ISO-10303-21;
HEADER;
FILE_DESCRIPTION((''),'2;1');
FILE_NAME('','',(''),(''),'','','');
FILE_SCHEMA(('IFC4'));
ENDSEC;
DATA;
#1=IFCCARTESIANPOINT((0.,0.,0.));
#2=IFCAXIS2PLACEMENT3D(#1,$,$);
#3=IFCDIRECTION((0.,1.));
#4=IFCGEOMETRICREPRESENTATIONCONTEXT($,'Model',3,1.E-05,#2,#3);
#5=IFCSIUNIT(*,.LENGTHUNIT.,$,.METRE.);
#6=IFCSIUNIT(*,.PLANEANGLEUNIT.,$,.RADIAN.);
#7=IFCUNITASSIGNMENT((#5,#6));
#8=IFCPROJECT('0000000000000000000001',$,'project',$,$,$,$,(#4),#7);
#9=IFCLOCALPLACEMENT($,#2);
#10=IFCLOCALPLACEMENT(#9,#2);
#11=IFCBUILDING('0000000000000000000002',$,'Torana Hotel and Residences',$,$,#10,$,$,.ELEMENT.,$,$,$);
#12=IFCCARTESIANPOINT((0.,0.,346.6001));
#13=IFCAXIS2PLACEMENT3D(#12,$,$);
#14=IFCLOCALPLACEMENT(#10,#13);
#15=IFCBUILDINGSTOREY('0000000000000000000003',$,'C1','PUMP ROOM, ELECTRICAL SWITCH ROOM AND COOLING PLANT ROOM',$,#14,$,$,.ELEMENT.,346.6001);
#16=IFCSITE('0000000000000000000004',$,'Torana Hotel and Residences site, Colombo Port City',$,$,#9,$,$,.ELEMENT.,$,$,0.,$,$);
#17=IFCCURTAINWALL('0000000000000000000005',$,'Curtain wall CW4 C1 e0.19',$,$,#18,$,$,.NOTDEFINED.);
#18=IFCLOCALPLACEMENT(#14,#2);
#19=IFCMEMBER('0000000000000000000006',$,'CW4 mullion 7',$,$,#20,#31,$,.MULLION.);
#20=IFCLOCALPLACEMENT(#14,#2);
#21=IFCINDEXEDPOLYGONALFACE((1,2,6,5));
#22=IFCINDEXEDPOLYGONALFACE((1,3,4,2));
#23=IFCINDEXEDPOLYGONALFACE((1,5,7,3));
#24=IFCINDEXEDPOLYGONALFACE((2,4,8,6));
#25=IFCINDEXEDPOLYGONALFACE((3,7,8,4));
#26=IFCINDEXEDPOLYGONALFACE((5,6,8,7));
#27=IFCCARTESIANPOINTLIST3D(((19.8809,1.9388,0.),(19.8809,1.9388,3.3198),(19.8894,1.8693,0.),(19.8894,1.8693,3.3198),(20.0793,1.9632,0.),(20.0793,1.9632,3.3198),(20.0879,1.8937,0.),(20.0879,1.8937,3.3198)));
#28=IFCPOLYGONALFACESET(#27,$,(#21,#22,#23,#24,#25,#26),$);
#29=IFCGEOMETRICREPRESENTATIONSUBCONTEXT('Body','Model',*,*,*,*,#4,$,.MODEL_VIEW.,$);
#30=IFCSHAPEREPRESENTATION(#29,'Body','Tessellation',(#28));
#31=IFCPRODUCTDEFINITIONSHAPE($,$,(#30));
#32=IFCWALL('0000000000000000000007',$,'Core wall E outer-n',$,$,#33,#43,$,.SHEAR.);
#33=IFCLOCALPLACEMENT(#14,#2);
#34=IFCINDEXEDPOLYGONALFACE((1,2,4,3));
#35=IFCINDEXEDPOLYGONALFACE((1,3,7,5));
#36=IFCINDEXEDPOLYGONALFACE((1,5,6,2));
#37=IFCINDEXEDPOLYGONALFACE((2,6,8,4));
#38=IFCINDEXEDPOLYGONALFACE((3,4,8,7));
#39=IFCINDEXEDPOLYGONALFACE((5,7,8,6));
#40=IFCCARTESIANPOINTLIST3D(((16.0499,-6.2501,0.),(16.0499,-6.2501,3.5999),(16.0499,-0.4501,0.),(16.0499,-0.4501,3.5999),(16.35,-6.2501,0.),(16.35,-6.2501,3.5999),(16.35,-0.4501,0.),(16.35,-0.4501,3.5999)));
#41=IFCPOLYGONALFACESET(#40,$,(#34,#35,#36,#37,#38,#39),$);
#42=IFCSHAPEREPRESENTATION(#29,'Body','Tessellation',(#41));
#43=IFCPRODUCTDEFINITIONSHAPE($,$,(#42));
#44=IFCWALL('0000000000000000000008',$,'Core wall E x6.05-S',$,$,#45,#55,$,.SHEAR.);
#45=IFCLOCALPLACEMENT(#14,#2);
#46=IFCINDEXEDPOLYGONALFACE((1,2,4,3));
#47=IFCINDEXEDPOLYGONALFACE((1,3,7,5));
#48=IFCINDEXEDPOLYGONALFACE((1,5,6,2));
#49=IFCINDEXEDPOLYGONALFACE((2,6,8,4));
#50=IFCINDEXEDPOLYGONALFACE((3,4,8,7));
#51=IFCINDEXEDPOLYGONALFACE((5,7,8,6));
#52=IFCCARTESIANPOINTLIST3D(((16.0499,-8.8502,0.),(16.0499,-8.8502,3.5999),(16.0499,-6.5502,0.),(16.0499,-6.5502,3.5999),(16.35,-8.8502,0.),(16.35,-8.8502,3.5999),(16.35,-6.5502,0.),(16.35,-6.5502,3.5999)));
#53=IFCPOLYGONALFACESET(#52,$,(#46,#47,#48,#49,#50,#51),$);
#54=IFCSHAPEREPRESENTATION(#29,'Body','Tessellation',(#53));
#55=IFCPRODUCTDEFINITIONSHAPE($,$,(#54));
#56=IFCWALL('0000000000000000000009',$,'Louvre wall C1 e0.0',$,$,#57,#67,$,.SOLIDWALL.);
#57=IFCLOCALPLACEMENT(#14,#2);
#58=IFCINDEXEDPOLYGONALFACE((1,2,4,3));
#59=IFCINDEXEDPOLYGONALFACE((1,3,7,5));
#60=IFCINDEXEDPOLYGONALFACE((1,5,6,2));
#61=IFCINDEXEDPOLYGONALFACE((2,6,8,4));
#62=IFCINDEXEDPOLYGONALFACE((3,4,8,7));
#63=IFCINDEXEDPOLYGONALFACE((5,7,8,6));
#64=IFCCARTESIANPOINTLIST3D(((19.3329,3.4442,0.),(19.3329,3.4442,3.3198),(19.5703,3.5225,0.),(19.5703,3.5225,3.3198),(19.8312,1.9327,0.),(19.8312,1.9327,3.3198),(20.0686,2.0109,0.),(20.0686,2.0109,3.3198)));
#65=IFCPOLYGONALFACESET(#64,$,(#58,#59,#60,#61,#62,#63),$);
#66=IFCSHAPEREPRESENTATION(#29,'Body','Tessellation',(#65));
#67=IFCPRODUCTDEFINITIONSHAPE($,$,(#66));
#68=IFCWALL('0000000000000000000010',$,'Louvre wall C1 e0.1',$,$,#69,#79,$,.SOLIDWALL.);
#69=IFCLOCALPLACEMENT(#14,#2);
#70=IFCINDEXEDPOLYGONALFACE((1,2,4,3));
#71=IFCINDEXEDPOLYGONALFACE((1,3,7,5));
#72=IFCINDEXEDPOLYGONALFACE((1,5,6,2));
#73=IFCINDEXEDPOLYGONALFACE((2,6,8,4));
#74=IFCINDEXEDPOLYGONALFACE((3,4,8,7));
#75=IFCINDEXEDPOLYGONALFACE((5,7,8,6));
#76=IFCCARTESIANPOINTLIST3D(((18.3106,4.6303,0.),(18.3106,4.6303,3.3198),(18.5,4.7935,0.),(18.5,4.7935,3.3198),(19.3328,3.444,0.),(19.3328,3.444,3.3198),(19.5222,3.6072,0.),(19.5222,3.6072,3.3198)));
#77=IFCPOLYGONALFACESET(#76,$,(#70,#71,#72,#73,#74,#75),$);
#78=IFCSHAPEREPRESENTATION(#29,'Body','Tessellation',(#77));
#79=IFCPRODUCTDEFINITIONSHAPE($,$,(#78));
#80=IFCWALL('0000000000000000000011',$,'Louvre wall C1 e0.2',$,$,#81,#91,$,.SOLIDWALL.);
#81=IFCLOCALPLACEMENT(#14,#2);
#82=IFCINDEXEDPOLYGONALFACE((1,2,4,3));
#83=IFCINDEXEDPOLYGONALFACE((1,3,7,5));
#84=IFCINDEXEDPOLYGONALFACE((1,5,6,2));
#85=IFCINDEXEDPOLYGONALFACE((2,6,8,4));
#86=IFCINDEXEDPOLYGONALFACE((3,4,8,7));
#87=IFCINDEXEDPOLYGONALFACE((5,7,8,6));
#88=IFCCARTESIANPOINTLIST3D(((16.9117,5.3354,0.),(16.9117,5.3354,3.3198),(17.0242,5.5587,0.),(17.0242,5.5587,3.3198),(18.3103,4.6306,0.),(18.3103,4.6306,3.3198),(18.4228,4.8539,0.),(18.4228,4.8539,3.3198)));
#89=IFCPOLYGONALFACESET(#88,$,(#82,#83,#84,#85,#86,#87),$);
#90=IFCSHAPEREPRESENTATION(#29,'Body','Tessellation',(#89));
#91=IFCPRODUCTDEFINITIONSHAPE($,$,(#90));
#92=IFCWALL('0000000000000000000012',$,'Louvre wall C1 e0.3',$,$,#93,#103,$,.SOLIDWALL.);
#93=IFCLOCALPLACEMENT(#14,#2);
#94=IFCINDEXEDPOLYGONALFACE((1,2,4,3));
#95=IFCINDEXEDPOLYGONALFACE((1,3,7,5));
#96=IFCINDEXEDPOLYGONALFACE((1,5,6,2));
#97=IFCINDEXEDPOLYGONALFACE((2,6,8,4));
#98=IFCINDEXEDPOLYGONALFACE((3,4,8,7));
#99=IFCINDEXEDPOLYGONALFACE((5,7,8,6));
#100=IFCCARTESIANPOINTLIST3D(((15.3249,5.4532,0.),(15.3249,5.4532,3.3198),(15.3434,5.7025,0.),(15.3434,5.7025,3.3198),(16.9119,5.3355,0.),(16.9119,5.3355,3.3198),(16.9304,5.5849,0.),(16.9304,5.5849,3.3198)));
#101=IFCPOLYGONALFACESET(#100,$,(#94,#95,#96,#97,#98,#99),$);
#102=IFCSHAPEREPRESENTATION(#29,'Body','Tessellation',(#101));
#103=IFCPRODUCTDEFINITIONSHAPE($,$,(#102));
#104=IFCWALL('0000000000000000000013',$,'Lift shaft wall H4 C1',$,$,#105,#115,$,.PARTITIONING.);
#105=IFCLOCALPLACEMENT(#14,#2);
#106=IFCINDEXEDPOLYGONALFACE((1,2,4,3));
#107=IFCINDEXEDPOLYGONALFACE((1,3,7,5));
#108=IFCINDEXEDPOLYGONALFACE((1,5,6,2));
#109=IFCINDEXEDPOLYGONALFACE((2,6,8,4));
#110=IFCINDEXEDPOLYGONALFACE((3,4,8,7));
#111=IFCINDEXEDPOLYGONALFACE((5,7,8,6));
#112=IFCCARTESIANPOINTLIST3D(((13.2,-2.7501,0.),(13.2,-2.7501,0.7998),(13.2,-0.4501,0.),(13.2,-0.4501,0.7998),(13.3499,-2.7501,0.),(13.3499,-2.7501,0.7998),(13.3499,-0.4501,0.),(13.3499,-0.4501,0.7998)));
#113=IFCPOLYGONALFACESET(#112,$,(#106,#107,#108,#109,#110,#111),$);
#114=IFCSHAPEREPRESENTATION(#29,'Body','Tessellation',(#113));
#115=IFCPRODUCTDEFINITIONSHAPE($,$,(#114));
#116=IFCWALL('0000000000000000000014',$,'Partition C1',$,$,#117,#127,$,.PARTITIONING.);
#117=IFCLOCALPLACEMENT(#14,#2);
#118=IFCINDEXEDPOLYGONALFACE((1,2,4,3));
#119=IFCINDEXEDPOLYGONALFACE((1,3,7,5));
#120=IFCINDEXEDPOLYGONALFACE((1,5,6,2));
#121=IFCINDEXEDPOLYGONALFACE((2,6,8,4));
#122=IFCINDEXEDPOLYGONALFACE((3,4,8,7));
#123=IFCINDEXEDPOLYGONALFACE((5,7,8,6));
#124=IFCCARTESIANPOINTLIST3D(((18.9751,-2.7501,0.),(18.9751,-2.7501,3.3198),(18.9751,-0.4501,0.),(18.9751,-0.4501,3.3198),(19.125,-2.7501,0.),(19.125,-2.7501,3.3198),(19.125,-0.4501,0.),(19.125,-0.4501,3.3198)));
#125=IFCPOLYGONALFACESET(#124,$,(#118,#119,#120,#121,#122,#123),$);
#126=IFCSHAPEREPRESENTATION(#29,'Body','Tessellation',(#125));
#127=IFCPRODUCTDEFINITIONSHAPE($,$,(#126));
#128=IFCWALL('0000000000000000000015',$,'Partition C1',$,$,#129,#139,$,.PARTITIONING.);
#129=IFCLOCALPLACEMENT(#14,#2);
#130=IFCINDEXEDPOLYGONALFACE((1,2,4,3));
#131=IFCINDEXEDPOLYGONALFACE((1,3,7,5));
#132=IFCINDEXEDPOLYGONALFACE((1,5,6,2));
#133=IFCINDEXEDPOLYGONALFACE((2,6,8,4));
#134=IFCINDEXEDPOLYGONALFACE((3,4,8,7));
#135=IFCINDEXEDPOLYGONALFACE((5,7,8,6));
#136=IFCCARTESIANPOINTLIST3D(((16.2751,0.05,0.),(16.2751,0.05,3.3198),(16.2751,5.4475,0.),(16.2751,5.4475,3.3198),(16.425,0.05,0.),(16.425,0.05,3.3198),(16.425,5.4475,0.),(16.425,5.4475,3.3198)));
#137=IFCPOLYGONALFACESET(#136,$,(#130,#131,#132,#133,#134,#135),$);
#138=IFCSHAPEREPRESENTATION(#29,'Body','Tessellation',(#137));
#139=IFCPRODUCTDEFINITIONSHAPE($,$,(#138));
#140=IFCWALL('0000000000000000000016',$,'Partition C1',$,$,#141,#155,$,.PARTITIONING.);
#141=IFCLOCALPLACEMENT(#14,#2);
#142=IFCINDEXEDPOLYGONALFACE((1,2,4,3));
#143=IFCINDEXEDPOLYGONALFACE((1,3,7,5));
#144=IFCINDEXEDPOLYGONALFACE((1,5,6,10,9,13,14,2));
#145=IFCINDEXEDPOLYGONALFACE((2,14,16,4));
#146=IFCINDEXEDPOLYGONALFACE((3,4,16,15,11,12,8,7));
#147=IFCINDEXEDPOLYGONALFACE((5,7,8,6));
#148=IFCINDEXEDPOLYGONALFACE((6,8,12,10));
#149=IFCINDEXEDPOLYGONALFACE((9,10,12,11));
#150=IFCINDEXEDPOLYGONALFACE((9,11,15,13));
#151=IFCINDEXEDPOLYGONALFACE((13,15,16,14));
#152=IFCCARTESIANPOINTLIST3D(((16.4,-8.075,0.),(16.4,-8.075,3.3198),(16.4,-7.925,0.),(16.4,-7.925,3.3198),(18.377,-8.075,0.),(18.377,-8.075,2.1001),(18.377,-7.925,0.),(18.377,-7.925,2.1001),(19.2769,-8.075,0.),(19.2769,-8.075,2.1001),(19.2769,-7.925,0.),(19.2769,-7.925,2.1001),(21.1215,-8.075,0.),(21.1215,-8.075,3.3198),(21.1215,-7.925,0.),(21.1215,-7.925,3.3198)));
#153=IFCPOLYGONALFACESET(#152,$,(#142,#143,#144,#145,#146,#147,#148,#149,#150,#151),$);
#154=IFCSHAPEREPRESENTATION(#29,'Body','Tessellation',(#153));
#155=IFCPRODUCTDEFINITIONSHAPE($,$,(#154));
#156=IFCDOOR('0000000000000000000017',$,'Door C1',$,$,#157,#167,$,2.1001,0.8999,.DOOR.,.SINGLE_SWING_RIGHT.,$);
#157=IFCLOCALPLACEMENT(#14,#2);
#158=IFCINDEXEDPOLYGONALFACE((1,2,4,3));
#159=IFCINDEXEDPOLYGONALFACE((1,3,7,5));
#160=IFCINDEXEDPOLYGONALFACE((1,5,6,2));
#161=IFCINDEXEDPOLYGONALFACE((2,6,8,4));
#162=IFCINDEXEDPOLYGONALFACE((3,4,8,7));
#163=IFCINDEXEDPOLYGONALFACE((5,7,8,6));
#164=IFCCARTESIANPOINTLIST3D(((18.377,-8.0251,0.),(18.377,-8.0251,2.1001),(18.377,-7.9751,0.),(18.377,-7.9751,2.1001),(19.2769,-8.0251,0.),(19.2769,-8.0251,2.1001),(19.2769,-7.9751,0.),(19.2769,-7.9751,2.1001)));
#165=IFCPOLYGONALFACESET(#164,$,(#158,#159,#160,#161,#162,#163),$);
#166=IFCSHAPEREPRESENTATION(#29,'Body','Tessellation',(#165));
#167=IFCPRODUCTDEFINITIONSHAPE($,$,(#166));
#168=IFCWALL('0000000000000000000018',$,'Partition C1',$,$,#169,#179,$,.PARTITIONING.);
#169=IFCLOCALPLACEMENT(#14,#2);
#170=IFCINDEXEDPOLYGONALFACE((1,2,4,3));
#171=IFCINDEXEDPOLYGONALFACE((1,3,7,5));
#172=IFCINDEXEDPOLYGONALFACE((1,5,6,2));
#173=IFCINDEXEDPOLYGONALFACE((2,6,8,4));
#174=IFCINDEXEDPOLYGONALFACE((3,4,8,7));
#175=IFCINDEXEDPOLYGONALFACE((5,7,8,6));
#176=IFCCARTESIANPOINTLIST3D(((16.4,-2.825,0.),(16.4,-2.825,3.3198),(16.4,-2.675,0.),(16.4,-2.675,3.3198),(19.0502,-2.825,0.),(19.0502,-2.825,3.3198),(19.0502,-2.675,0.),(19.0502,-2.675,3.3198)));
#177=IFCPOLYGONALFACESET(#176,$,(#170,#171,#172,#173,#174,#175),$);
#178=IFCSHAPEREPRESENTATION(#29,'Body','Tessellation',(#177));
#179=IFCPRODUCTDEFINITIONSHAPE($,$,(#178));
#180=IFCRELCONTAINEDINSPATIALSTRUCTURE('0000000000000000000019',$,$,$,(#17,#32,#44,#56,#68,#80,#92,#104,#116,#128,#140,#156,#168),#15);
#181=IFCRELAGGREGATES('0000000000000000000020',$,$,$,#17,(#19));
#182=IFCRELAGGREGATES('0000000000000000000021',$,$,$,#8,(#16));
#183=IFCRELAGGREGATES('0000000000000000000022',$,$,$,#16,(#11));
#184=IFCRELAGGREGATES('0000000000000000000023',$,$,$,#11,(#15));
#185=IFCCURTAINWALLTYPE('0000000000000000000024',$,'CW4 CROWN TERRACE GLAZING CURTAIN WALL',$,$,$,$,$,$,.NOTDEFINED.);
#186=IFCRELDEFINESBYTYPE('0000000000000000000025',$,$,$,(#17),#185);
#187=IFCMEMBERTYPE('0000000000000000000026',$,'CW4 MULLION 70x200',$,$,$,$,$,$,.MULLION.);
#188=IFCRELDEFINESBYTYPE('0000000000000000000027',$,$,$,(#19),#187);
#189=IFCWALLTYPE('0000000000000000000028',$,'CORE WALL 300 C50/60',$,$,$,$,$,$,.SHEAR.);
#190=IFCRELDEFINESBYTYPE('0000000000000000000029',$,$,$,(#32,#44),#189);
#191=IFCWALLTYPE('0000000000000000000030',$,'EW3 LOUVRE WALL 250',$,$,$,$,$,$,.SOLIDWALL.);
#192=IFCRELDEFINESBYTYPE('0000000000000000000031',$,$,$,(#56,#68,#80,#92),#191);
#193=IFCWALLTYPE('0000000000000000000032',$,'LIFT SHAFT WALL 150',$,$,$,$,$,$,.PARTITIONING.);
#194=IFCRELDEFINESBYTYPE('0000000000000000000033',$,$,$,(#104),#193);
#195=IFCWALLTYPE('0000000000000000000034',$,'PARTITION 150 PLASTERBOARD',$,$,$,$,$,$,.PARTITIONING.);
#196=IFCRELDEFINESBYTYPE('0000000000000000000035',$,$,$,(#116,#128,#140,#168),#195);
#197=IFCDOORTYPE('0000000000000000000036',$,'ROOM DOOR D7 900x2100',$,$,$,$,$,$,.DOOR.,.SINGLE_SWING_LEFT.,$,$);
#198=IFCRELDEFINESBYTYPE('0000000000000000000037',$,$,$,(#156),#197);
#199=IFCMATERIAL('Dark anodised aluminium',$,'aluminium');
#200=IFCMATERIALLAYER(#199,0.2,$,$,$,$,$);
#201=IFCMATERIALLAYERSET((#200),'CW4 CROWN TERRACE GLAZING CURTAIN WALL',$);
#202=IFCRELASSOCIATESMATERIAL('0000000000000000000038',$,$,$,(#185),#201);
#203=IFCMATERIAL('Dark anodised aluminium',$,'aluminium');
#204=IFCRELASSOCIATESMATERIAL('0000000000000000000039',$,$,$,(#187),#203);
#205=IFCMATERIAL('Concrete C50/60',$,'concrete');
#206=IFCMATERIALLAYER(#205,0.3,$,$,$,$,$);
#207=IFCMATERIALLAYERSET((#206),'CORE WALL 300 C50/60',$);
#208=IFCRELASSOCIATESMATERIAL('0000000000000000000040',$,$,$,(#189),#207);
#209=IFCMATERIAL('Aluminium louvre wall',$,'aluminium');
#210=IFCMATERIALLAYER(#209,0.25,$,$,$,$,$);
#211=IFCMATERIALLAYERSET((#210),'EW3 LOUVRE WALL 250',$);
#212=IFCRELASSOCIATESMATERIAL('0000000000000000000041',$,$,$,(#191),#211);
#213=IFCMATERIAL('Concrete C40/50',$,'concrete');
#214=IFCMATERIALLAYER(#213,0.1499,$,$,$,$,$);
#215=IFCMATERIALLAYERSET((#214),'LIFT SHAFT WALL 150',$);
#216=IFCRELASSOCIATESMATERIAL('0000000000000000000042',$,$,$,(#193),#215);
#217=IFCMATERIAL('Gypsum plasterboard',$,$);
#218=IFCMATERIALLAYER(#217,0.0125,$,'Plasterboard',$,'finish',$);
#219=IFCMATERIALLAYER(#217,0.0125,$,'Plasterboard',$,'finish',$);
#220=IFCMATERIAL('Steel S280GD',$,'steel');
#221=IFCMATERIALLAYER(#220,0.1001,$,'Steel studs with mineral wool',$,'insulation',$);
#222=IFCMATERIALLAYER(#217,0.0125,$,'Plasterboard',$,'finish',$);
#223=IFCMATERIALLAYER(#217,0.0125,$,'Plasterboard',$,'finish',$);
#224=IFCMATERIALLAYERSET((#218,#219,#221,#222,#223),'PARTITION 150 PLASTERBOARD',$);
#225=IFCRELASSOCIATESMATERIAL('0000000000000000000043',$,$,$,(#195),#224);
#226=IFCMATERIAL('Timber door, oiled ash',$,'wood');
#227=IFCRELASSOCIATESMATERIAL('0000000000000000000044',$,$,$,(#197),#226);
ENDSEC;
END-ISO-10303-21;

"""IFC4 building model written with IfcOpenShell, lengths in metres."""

from ifc_helpers import new_model, si_unit, direction, frame, frame_2d, origin, origin_2d, place, context, subcontext, project, spatial, rectangle, extrude, material, layer, layer_set, material_profile, profile_set, type_object, element, fill, aggregate, save


model = new_model("IFC4")

# Units and contexts
model_context = context("Model", 3, precision=1e-05, world=origin(), true_north=direction((0.0, 1.0)))
body_context = subcontext(model_context, "Body", "Model", "MODEL_VIEW")
ifc_project = project(units=[si_unit("LENGTHUNIT", "METRE"), si_unit("PLANEANGLEUNIT", "RADIAN")], contexts=[model_context])

# Site, building, storey
site_placement = place(None, origin())
site = spatial("IfcSite", under=ifc_project, at=site_placement, Name="Torana Hotel and Residences site, Colombo Port City", CompositionType="ELEMENT", RefElevation=0.0)
building_placement = place(site_placement, origin())
building = spatial("IfcBuilding", under=site, at=building_placement, Name="Torana Hotel and Residences", CompositionType="ELEMENT")
storey_placement = place(building_placement, frame((0.0, 0.0, 346.6001)))
storey = spatial("IfcBuildingStorey", under=building, at=storey_placement, Name="C1", Description="PUMP ROOM, ELECTRICAL SWITCH ROOM AND COOLING PLANT ROOM", CompositionType="ELEMENT", Elevation=346.6001)

# Curtain wall, member
ifc_material_1 = material(Name="Dark anodised aluminium", Category="aluminium")
ifc_layer_1 = layer(ifc_material_1, 0.2)
ifc_layer_set_1 = layer_set([ifc_layer_1], Name="CW4 CROWN TERRACE GLAZING CURTAIN WALL")
curtain_wall_type = type_object("IfcCurtainWallType", Name="CW4 CROWN TERRACE GLAZING CURTAIN WALL", PredefinedType="NOTDEFINED", material=ifc_layer_set_1)
curtain_wall_placement = place(storey_placement, origin())
curtain_wall = element("IfcCurtainWall", 1, at=curtain_wall_placement, inside=storey, type_object=curtain_wall_type, Name="Curtain wall CW4 C1 e0.19", PredefinedType="NOTDEFINED")
ifc_material_2 = material(Name="Dark anodised aluminium", Category="aluminium")
ifc_material_profile = material_profile(ifc_material_2, rectangle(XDim=0.2, YDim=0.0701, at=origin_2d()), Name="CW4 MULLION 70x200")
ifc_profile_set = profile_set([ifc_material_profile], Name="Dark anodised aluminium")
member_type = type_object("IfcMemberType", Name="CW4 MULLION 70x200", PredefinedType="MULLION", material=ifc_profile_set)
member_placement = place(storey_placement, frame((19.9844, 1.9163, 0.0), z_axis=(0.0, 0.0, 1.0), x_axis=(-0.992546, -0.121868, 0.0)))
member = element("IfcMember", 2, at=member_placement, type_object=member_type, Name="CW4 mullion 7", PredefinedType="MULLION", context=body_context, shape_type="SweptSolid", body=[
    extrude(rectangle(XDim=0.2, YDim=0.0701, at=origin_2d()), origin(), (0.0, 0.0, 1.0), 3.3198),
])
aggregate(curtain_wall, [member])

# Walls
ifc_material_3 = material(Name="Concrete C50/60", Category="concrete")
ifc_layer_2 = layer(ifc_material_3, 0.3)
ifc_layer_set_2 = layer_set([ifc_layer_2], Name="CORE WALL 300 C50/60")
wall_type_1 = type_object("IfcWallType", Name="CORE WALL 300 C50/60", PredefinedType="SHEAR", material=ifc_layer_set_2)
wall_1_placement = place(storey_placement, frame((16.2, -6.25, 0.0), z_axis=(0.0, 0.0, 1.0), x_axis=(0.0, 1.0, 0.0)))
element("IfcWall", 3, at=wall_1_placement, inside=storey, type_object=wall_type_1, Name="Core wall E outer-n", PredefinedType="SHEAR", context=body_context, shape_type="SweptSolid", body=[
    extrude(rectangle(XDim=5.8, YDim=0.3, at=frame_2d((2.8999, 0.0))), origin(), (0.0, 0.0, 1.0), 3.5999),
])
wall_2_placement = place(storey_placement, frame((16.2, -8.8501, 0.0), z_axis=(0.0, 0.0, 1.0), x_axis=(0.0, 1.0, 0.0)))
element("IfcWall", 4, at=wall_2_placement, inside=storey, type_object=wall_type_1, Name="Core wall E x6.05-S", PredefinedType="SHEAR", context=body_context, shape_type="SweptSolid", body=[
    extrude(rectangle(XDim=2.3, YDim=0.3, at=frame_2d((1.1499, 0.0))), origin(), (0.0, 0.0, 1.0), 3.5999),
])
ifc_material_4 = material(Name="Aluminium louvre wall", Category="aluminium")
ifc_layer_3 = layer(ifc_material_4, 0.25)
ifc_layer_set_3 = layer_set([ifc_layer_3], Name="EW3 LOUVRE WALL 250")
wall_type_2 = type_object("IfcWallType", Name="EW3 LOUVRE WALL 250", PredefinedType="SOLIDWALL", material=ifc_layer_set_3)
wall_3_placement = place(storey_placement, frame((19.95, 1.9717, 0.0), z_axis=(0.0, 0.0, 1.0), x_axis=(-0.313097, 0.949721, 0.0)))
element("IfcWall", 5, at=wall_3_placement, inside=storey, type_object=wall_type_2, Name="Louvre wall C1 e0.0", PredefinedType="SOLIDWALL", context=body_context, shape_type="SweptSolid", body=[
    extrude(rectangle(XDim=1.5916, YDim=0.25, at=frame_2d((0.7959, 0.0))), origin(), (0.0, 0.0, 1.0), 3.3198),
])
wall_4_placement = place(storey_placement, frame((19.4275, 3.5256, 0.0), z_axis=(0.0, 0.0, 1.0), x_axis=(-0.652779, 0.757548, 0.0)))
element("IfcWall", 6, at=wall_4_placement, inside=storey, type_object=wall_type_2, Name="Louvre wall C1 e0.1", PredefinedType="SOLIDWALL", context=body_context, shape_type="SweptSolid", body=[
    extrude(rectangle(XDim=1.5659, YDim=0.25, at=frame_2d((0.783, 0.0))), origin(), (0.0, 0.0, 1.0), 3.3198),
])
wall_5_placement = place(storey_placement, frame((18.3667, 4.7422, 0.0), z_axis=(0.0, 0.0, 1.0), x_axis=(-0.89302, 0.450017, 0.0)))
element("IfcWall", 7, at=wall_5_placement, inside=storey, type_object=wall_type_2, Name="Louvre wall C1 e0.2", PredefinedType="SOLIDWALL", context=body_context, shape_type="SweptSolid", body=[
    extrude(rectangle(XDim=1.5662, YDim=0.25, at=frame_2d((0.7832, 0.0))), origin(), (0.0, 0.0, 1.0), 3.3198),
])
wall_6_placement = place(storey_placement, frame((16.9211, 5.4602, 0.0), z_axis=(0.0, 0.0, 1.0), x_axis=(-0.997262, 0.073951, 0.0)))
element("IfcWall", 8, at=wall_6_placement, inside=storey, type_object=wall_type_2, Name="Louvre wall C1 e0.3", PredefinedType="SOLIDWALL", context=body_context, shape_type="SweptSolid", body=[
    extrude(rectangle(XDim=1.5913, YDim=0.25, at=frame_2d((0.7957, 0.0))), origin(), (0.0, 0.0, 1.0), 3.3198),
])

# Walls
ifc_material_5 = material(Name="Concrete C40/50", Category="concrete")
ifc_layer_4 = layer(ifc_material_5, 0.1499)
ifc_layer_set_4 = layer_set([ifc_layer_4], Name="LIFT SHAFT WALL 150")
wall_type_3 = type_object("IfcWallType", Name="LIFT SHAFT WALL 150", PredefinedType="PARTITIONING", material=ifc_layer_set_4)
wall_7_placement = place(storey_placement, frame((13.2749, -2.75, 0.0), z_axis=(0.0, 0.0, 1.0), x_axis=(0.0, 1.0, 0.0)))
element("IfcWall", 9, at=wall_7_placement, inside=storey, type_object=wall_type_3, Name="Lift shaft wall H4 C1", PredefinedType="PARTITIONING", context=body_context, shape_type="SweptSolid", body=[
    extrude(rectangle(XDim=2.3, YDim=0.1499, at=frame_2d((1.1499, 0.0))), origin(), (0.0, 0.0, 1.0), 0.7998),
])
ifc_material_6 = material(Name="Gypsum plasterboard")
ifc_layer_5 = layer(ifc_material_6, 0.0125, Name="Plasterboard", Category="finish")
ifc_layer_6 = layer(ifc_material_6, 0.0125, Name="Plasterboard", Category="finish")
ifc_material_7 = material(Name="Steel S280GD", Category="steel")
ifc_layer_7 = layer(ifc_material_7, 0.1001, Name="Steel studs with mineral wool", Category="insulation")
ifc_layer_8 = layer(ifc_material_6, 0.0125, Name="Plasterboard", Category="finish")
ifc_layer_9 = layer(ifc_material_6, 0.0125, Name="Plasterboard", Category="finish")
ifc_layer_set_5 = layer_set([ifc_layer_5, ifc_layer_6, ifc_layer_7, ifc_layer_8, ifc_layer_9], Name="PARTITION 150 PLASTERBOARD")
wall_type_4 = type_object("IfcWallType", Name="PARTITION 150 PLASTERBOARD", PredefinedType="PARTITIONING", material=ifc_layer_set_5)
wall_8_placement = place(storey_placement, frame((19.05, -2.75, 0.0), z_axis=(0.0, 0.0, 1.0), x_axis=(0.0, 1.0, 0.0)))
element("IfcWall", 10, at=wall_8_placement, inside=storey, type_object=wall_type_4, Name="Partition C1", PredefinedType="PARTITIONING", context=body_context, shape_type="SweptSolid", body=[
    extrude(rectangle(XDim=2.3, YDim=0.1499, at=frame_2d((1.1499, 0.0))), origin(), (0.0, 0.0, 1.0), 3.3198),
])
wall_9_placement = place(storey_placement, frame((16.3501, 0.05, 0.0), z_axis=(0.0, 0.0, 1.0), x_axis=(0.0, 1.0, 0.0)))
element("IfcWall", 11, at=wall_9_placement, inside=storey, type_object=wall_type_4, Name="Partition C1", PredefinedType="PARTITIONING", context=body_context, shape_type="SweptSolid", body=[
    extrude(rectangle(XDim=5.3975, YDim=0.1499, at=frame_2d((2.6987, 0.0))), origin(), (0.0, 0.0, 1.0), 3.3198),
])

# Wall, opening, door
wall_10_placement = place(storey_placement, frame((16.3999, -8.0, 0.0), z_axis=(0.0, 0.0, 1.0), x_axis=(1.0, 0.0, 0.0)))
wall_10 = element("IfcWall", 12, at=wall_10_placement, inside=storey, type_object=wall_type_4, Name="Partition C1", PredefinedType="PARTITIONING", context=body_context, shape_type="SweptSolid", body=[
    extrude(rectangle(XDim=4.7214, YDim=0.1499, at=frame_2d((2.3608, 0.0))), origin(), (0.0, 0.0, 1.0), 3.3198),
])
opening_1_placement = place(wall_10_placement, frame((1.9771, 0.0, 0.0)))
opening_1 = element("IfcOpeningElement", 13, at=opening_1_placement, cuts=wall_10, PredefinedType="OPENING", context=body_context, shape_type="SweptSolid", body=[
    extrude(rectangle(XDim=0.8999, YDim=2.1001, at=frame_2d((0.45, 1.05))), frame((0.0, 0.085, 0.0), z_axis=(0.0, -1.0, 0.0), x_axis=(1.0, 0.0, 0.0)), (0.0, 0.0, 1.0), 0.1699),
])
ifc_material_8 = material(Name="Timber door, oiled ash", Category="wood")
door_type = type_object("IfcDoorType", Name="ROOM DOOR D7 900x2100", OperationType="SINGLE_SWING_LEFT", PredefinedType="DOOR", material=ifc_material_8)
door_placement = place(opening_1_placement, origin())
door = element("IfcDoor", 14, at=door_placement, inside=storey, type_object=door_type, Name="Door C1", OperationType="SINGLE_SWING_RIGHT", OverallHeight=2.1001, OverallWidth=0.8999, PredefinedType="DOOR", context=body_context, shape_type="SweptSolid", body=[
    extrude(rectangle(XDim=0.8999, YDim=2.1001, at=frame_2d((0.45, 1.05))), frame((0.0, 0.0249, 0.0), z_axis=(0.0, -1.0, 0.0), x_axis=(1.0, 0.0, 0.0)), (0.0, 0.0, 1.0), 0.05),
])
fill(opening_1, door)

# Wall
for number, where, z_axis, x_axis, name in (
    (15, (16.3999, -2.75, 0.0), (0.0, 0.0, 1.0), (1.0, 0.0, 0.0), "Partition C1"),
):
    element("IfcWall", number, at=place(storey_placement, frame(where, z_axis=z_axis, x_axis=x_axis)), inside=storey, type_object=wall_type_4, Name=name, PredefinedType="PARTITIONING", context=body_context, shape_type="SweptSolid", body=[
        extrude(rectangle(XDim=2.6501, YDim=0.1499, at=frame_2d((1.3252, 0.0))), origin(), (0.0, 0.0, 1.0), 3.3198),
    ])

save(model, "model.ifc")
